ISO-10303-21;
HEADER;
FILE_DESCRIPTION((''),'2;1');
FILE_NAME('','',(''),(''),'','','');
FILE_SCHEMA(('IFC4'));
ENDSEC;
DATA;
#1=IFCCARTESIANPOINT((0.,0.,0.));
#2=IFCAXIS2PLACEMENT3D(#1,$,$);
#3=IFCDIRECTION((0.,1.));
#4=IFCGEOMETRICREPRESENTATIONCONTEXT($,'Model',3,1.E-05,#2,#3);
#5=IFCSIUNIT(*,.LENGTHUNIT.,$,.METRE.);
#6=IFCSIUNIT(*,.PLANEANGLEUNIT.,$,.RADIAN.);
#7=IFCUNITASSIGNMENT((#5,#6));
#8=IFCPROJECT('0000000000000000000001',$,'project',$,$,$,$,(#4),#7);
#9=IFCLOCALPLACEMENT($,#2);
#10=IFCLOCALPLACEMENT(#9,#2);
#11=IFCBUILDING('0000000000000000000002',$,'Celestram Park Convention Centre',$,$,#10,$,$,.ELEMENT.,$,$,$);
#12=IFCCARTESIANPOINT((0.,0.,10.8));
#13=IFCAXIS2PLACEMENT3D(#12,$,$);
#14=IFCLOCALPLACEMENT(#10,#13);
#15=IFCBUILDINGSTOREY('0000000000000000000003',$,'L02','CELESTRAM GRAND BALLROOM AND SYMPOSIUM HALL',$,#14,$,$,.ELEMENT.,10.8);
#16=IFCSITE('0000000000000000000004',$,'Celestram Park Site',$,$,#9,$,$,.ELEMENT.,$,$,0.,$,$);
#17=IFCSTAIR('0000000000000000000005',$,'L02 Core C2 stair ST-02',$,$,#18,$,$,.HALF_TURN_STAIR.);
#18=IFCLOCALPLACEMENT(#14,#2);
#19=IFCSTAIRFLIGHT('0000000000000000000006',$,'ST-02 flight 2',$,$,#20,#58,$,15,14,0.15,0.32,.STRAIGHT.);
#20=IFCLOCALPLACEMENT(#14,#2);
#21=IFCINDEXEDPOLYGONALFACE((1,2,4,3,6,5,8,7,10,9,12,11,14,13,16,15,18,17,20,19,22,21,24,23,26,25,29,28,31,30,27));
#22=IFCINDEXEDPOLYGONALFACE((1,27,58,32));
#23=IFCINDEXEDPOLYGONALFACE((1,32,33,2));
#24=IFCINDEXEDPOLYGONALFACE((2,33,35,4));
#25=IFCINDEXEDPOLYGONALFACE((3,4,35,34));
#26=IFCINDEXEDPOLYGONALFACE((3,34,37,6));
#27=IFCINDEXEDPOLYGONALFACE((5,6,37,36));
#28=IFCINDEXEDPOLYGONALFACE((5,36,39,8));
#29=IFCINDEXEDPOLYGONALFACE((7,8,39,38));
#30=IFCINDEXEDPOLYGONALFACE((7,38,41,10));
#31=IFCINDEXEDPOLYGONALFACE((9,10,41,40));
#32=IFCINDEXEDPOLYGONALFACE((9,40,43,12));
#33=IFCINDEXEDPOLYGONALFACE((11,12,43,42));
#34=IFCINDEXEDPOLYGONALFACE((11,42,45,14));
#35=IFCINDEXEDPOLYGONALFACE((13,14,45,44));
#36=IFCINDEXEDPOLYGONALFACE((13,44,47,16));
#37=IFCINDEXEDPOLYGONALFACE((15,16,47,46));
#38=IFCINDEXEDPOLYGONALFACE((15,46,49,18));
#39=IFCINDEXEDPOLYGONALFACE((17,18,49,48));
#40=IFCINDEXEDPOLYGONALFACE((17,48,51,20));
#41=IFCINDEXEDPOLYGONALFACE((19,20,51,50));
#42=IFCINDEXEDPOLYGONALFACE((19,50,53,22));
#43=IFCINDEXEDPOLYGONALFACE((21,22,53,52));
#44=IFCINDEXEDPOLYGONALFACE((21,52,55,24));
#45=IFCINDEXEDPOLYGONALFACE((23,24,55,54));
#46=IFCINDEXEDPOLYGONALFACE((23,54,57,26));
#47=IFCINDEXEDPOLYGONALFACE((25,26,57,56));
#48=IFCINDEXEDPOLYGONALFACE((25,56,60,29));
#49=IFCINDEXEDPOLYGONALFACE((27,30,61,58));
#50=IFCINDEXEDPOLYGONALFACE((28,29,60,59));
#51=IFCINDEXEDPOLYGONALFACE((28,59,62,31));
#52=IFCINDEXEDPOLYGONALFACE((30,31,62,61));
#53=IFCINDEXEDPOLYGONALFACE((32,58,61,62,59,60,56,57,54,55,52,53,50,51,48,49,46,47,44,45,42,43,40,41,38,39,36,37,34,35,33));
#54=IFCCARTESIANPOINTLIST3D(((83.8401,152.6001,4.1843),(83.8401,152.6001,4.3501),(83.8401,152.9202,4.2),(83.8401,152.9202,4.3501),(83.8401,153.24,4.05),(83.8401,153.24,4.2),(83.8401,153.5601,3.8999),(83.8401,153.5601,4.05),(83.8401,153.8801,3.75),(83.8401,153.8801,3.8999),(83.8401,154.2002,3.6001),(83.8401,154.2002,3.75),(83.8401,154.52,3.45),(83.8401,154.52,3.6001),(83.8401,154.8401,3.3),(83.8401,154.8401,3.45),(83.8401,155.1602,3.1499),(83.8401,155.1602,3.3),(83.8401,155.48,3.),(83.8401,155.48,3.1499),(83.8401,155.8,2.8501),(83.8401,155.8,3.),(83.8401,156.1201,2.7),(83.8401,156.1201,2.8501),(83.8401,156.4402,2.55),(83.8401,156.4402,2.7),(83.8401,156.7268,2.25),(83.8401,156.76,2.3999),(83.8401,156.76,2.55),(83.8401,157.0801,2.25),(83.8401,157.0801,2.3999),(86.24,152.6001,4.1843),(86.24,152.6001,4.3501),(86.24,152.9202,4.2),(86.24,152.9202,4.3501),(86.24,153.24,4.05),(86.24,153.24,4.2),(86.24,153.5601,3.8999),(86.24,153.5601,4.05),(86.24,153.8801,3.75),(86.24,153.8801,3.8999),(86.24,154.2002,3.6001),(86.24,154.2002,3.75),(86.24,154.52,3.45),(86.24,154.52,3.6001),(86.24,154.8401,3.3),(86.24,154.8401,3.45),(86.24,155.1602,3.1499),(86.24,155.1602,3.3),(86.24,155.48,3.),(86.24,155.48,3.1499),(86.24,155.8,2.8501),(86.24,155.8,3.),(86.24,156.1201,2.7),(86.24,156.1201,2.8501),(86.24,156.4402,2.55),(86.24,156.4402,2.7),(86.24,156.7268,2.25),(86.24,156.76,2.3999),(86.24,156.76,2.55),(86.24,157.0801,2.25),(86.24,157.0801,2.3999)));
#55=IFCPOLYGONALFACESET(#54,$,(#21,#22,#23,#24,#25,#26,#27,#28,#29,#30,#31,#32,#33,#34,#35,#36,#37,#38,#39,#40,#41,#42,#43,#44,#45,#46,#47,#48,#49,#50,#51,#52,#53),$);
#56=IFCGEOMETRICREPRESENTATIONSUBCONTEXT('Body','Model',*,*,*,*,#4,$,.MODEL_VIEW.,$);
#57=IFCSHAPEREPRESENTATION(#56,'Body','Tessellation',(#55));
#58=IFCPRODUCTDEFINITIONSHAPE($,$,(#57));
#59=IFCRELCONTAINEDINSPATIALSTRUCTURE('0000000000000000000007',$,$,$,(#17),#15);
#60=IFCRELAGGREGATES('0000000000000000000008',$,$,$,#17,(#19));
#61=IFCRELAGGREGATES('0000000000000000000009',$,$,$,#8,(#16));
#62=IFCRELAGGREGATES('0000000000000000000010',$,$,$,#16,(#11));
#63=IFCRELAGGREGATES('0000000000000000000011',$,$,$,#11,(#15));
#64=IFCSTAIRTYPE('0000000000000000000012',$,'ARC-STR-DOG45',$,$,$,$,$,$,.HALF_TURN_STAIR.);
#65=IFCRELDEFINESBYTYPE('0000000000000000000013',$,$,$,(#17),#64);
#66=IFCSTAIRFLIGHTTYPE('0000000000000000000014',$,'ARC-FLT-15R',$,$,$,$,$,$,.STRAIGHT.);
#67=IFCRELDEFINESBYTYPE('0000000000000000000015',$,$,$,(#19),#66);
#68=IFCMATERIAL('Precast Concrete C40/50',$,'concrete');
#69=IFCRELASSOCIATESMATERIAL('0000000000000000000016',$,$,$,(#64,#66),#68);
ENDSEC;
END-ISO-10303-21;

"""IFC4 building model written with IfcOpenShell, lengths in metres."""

from ifc_helpers import new_model, si_unit, direction, frame, origin, place, context, subcontext, project, spatial, polyline, outline, extrude, material, type_object, element, aggregate, save


model = new_model("IFC4")

# Units and contexts
model_context = context("Model", 3, precision=1e-05, world=origin(), true_north=direction((0.0, 1.0)))
body_context = subcontext(model_context, "Body", "Model", "MODEL_VIEW")
ifc_project = project(units=[si_unit("LENGTHUNIT", "METRE"), si_unit("PLANEANGLEUNIT", "RADIAN")], contexts=[model_context])

# Site, building, storey
site_placement = place(None, origin())
site = spatial("IfcSite", under=ifc_project, at=site_placement, Name="Celestram Park Site", CompositionType="ELEMENT", RefElevation=0.0)
building_placement = place(site_placement, origin())
building = spatial("IfcBuilding", under=site, at=building_placement, Name="Celestram Park Convention Centre", CompositionType="ELEMENT")
storey_placement = place(building_placement, frame((0.0, 0.0, 10.8)))
storey = spatial("IfcBuildingStorey", under=building, at=storey_placement, Name="L02", Description="CELESTRAM GRAND BALLROOM AND SYMPOSIUM HALL", CompositionType="ELEMENT", Elevation=10.8)

# Stair, stair flight
ifc_material_1 = material(Name="Precast Concrete C40/50", Category="concrete")
stair_type = type_object("IfcStairType", Name="ARC-STR-DOG45", PredefinedType="HALF_TURN_STAIR", material=ifc_material_1)
stair_placement = place(storey_placement, origin())
stair = element("IfcStair", 1, at=stair_placement, inside=storey, type_object=stair_type, Name="L02 Core C2 stair ST-02", PredefinedType="HALF_TURN_STAIR")
stair_flight_type = type_object("IfcStairFlightType", Name="ARC-FLT-15R", PredefinedType="STRAIGHT", material=ifc_material_1)
stair_flight_1_placement = place(storey_placement, frame((85.04, 157.0801, 2.25), z_axis=(0.0, 0.0, 1.0), x_axis=(0.0, -1.0, 0.0)))
stair_flight_1 = element("IfcStairFlight", 2, at=stair_flight_1_placement, type_object=stair_flight_type, Name="ST-02 flight 2", NumberOfRisers=15, NumberOfTreads=14, PredefinedType="STRAIGHT", RiserHeight=0.15, TreadLength=0.32, context=body_context, shape_type="SweptSolid", body=[
    extrude(outline(polyline([(0.0, 0.0), (0.0, 0.1499), (0.3201, 0.1499), (0.3201, 0.3), (0.6399, 0.3), (0.6399, 0.45), (0.96, 0.45), (0.96, 0.6001), (1.28, 0.6001), (1.28, 0.75), (1.6001, 0.75), (1.6001, 0.8999), (1.9199, 0.8999), (1.9199, 1.05), (2.24, 1.05), (2.24, 1.2), (2.5601, 1.2), (2.5601, 1.3501), (2.8799, 1.3501), (2.8799, 1.5), (3.2, 1.5), (3.2, 1.6499), (3.52, 1.6499), (3.52, 1.8), (3.8401, 1.8), (3.8401, 1.95), (4.1599, 1.95), (4.1599, 2.1001), (4.48, 2.1001), (4.48, 2.25), (4.48, 1.9343), (0.3533, 0.0), (0.0, 0.0)])), frame((0.0, 1.2, 0.0), z_axis=(0.0, -1.0, 0.0), x_axis=(1.0, 0.0, 0.0)), (0.0, 0.0, 1.0), 2.3999),
])
aggregate(stair, [stair_flight_1])

save(model, "model.ifc")
